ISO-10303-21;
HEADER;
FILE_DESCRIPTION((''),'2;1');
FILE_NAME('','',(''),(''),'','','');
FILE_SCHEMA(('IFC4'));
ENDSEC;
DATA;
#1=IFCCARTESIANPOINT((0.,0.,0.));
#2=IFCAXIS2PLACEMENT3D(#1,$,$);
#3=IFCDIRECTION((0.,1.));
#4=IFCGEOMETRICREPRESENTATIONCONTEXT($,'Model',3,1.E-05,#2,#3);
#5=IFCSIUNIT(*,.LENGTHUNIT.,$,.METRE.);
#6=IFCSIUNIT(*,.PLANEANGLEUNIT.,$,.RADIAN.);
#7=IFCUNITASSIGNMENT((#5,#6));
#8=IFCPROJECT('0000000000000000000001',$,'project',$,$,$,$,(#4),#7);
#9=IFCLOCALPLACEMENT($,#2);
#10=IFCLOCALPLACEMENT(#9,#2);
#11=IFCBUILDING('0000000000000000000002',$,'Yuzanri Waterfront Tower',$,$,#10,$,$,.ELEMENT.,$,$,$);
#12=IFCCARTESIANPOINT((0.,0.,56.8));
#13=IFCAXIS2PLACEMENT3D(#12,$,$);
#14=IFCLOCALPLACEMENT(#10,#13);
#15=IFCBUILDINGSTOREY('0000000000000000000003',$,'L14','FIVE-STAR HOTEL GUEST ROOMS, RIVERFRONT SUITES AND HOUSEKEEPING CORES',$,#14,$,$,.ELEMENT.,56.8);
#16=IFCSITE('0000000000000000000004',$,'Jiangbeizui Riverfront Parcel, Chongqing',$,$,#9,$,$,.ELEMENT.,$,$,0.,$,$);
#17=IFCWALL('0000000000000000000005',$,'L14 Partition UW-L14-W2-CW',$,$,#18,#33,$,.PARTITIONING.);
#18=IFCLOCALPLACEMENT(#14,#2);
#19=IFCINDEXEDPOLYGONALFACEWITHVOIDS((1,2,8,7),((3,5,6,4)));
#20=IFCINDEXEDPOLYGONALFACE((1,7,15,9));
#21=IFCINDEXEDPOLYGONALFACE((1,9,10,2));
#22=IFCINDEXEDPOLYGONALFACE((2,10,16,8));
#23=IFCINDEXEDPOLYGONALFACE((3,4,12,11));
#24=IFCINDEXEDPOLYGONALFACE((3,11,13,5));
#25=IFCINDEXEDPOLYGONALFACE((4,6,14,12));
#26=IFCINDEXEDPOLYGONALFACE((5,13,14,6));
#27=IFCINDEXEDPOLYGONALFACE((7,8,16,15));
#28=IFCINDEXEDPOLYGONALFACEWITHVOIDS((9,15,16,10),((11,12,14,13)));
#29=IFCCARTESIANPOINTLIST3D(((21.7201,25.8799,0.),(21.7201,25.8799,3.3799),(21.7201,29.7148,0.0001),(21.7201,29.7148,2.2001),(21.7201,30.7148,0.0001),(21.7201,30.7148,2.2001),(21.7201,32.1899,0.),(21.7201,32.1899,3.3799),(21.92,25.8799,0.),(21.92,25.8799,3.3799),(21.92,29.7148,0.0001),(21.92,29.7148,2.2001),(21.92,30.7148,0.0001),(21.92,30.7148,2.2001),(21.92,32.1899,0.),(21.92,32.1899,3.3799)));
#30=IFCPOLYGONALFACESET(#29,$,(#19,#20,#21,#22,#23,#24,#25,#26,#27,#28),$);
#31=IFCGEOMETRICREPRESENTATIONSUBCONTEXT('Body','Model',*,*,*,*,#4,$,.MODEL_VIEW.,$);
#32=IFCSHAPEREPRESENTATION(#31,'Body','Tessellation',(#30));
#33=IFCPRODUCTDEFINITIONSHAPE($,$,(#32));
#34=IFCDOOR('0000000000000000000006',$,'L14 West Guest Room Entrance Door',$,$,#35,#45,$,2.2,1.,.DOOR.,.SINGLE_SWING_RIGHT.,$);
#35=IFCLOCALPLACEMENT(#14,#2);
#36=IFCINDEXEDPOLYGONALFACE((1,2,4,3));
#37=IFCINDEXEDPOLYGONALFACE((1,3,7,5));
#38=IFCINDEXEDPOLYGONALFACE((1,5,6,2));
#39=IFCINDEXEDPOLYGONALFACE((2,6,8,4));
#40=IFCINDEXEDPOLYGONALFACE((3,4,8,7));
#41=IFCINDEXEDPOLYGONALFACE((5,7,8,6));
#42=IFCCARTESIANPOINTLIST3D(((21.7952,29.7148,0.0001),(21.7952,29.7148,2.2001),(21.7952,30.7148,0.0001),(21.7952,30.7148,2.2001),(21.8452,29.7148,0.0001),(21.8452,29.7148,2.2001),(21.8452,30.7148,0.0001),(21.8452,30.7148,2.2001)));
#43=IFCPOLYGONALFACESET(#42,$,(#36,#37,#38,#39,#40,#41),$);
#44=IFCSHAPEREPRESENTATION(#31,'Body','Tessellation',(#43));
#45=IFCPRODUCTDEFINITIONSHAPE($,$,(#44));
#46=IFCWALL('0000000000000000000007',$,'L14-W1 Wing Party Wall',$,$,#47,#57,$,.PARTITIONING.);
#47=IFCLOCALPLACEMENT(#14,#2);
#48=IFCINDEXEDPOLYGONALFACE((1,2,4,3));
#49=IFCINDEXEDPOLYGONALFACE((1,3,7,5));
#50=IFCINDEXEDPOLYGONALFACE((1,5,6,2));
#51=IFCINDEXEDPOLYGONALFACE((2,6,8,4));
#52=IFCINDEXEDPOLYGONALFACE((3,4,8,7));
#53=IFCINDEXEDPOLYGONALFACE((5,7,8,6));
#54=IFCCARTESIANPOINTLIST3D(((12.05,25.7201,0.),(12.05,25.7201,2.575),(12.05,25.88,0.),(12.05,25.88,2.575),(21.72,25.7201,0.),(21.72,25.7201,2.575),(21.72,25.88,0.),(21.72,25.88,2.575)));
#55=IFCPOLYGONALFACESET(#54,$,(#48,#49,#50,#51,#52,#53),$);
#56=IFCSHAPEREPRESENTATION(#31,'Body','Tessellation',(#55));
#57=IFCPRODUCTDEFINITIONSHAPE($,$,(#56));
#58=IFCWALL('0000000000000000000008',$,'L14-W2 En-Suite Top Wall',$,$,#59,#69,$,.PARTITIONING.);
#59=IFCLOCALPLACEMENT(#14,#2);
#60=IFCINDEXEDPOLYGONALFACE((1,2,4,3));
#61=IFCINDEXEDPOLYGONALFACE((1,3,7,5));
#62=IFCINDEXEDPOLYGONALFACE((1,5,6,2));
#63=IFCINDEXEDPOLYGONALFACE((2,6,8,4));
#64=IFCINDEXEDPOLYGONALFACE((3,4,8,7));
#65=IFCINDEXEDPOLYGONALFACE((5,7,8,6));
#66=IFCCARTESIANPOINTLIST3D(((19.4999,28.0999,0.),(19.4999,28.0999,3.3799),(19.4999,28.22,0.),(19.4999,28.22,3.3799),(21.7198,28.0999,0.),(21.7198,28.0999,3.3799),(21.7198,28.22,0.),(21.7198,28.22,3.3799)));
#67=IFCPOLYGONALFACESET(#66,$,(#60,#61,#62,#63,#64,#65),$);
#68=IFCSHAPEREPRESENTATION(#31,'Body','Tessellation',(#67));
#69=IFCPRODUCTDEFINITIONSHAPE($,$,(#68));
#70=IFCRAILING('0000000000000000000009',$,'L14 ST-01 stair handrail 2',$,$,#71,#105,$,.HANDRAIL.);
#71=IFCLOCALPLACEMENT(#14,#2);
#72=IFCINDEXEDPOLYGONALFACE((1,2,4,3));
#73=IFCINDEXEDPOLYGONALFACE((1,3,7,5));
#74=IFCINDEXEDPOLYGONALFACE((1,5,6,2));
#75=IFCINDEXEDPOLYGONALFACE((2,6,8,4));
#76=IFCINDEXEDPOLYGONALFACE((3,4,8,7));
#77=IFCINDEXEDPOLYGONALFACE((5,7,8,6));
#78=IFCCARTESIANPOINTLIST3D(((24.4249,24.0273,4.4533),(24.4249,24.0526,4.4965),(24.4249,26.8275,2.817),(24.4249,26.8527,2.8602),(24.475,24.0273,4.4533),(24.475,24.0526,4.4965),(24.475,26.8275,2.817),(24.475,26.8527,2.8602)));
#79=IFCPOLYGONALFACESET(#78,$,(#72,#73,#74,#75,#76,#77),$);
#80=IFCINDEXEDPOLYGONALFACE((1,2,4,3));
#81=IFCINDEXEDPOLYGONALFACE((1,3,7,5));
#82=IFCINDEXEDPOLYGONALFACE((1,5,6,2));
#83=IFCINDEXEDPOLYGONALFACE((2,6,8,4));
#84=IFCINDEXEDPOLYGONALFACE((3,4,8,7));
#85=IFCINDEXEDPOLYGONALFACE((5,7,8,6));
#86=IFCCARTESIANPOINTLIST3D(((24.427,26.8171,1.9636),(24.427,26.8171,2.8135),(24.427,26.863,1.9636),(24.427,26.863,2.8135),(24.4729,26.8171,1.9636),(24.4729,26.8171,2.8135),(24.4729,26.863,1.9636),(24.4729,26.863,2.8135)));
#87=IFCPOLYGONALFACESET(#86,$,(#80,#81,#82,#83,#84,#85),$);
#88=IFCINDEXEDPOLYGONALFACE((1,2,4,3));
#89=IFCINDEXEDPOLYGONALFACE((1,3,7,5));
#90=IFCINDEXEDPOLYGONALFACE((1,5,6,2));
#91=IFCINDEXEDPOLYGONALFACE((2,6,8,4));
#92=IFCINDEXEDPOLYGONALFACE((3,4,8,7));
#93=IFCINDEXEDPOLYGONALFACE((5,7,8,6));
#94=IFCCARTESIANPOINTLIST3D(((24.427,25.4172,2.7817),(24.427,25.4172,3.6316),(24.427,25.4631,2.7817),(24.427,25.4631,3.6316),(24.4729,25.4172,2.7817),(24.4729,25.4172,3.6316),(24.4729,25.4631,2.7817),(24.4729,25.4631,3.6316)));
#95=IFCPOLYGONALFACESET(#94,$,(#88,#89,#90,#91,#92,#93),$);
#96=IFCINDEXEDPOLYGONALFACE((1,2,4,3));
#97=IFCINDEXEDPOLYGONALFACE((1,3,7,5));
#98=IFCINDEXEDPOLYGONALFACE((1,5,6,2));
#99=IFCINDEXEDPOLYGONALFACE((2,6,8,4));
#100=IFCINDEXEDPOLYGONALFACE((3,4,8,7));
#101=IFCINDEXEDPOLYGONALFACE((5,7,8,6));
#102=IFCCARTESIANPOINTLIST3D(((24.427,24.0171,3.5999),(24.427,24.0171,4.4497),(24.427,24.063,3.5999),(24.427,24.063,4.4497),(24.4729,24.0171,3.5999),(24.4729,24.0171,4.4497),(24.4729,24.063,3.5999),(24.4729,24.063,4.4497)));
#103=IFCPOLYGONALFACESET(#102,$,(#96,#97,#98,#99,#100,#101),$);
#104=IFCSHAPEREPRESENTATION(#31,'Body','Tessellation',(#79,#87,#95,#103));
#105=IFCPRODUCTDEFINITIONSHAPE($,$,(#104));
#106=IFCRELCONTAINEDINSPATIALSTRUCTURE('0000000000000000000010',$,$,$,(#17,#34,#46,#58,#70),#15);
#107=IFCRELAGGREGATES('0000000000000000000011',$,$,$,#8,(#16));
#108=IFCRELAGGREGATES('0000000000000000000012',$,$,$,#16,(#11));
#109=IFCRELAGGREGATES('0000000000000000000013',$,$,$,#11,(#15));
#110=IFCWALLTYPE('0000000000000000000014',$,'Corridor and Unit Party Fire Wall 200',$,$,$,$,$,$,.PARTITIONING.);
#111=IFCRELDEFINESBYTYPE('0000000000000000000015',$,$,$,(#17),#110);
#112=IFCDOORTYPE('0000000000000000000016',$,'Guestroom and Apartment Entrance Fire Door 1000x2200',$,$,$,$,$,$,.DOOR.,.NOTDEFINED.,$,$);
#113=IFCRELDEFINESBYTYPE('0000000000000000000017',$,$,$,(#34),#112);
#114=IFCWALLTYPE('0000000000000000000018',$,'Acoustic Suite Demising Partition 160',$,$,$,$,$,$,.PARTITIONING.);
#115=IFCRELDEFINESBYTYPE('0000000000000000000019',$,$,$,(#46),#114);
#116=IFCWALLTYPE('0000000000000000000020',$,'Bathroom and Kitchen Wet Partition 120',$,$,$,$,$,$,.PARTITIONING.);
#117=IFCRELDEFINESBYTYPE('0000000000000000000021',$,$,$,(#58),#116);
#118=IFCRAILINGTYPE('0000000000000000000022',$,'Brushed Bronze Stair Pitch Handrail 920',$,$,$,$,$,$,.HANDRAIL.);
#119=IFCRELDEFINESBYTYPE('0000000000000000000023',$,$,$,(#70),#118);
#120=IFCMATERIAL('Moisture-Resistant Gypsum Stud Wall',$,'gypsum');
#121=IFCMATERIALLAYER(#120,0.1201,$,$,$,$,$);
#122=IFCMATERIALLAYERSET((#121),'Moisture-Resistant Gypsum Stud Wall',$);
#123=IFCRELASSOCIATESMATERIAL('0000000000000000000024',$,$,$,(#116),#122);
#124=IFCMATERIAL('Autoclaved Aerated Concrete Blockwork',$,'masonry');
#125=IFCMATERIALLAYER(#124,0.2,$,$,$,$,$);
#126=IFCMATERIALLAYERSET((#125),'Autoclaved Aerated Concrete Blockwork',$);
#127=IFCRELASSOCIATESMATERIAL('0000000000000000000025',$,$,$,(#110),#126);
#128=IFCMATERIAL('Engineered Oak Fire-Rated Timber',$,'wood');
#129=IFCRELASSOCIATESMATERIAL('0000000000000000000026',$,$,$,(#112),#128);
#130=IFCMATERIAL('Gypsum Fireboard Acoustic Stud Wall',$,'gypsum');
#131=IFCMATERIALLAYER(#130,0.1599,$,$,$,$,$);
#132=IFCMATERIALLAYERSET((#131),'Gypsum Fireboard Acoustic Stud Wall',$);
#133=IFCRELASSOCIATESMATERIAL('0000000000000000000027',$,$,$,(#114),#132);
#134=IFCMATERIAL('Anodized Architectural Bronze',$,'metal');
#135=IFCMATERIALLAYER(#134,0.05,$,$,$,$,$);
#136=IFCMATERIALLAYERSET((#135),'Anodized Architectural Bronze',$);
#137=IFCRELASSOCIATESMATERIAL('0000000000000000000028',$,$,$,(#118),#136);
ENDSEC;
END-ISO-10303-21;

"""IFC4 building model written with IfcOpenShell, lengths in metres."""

from ifc_helpers import new_model, si_unit, direction, frame, frame_2d, origin, origin_2d, place, context, subcontext, project, spatial, rectangle, extrude, source, transform, mapped, material, layer, layer_set, type_object, element, fill, save


model = new_model("IFC4")

# Units and contexts
model_context = context("Model", 3, precision=1e-05, world=origin(), true_north=direction((0.0, 1.0)))
body_context = subcontext(model_context, "Body", "Model", "MODEL_VIEW")
ifc_project = project(units=[si_unit("LENGTHUNIT", "METRE"), si_unit("PLANEANGLEUNIT", "RADIAN")], contexts=[model_context])

# Site, building, storey
site_placement = place(None, origin())
site = spatial("IfcSite", under=ifc_project, at=site_placement, Name="Jiangbeizui Riverfront Parcel, Chongqing", CompositionType="ELEMENT", RefElevation=0.0)
building_placement = place(site_placement, origin())
building = spatial("IfcBuilding", under=site, at=building_placement, Name="Yuzanri Waterfront Tower", CompositionType="ELEMENT")
storey_placement = place(building_placement, frame((0.0, 0.0, 56.8)))
storey = spatial("IfcBuildingStorey", under=building, at=storey_placement, Name="L14", Description="FIVE-STAR HOTEL GUEST ROOMS, RIVERFRONT SUITES AND HOUSEKEEPING CORES", CompositionType="ELEMENT", Elevation=56.8)

# Wall, opening, door
ifc_material_1 = material(Name="Moisture-Resistant Gypsum Stud Wall", Category="gypsum")
ifc_layer_1 = layer(ifc_material_1, 0.1201)
ifc_layer_set_1 = layer_set([ifc_layer_1], Name="Moisture-Resistant Gypsum Stud Wall")
wall_type_1 = type_object("IfcWallType", Name="Bathroom and Kitchen Wet Partition 120", PredefinedType="PARTITIONING", material=ifc_layer_set_1)
ifc_material_2 = material(Name="Autoclaved Aerated Concrete Blockwork", Category="masonry")
ifc_layer_2 = layer(ifc_material_2, 0.2)
ifc_layer_set_2 = layer_set([ifc_layer_2], Name="Autoclaved Aerated Concrete Blockwork")
wall_type_2 = type_object("IfcWallType", Name="Corridor and Unit Party Fire Wall 200", PredefinedType="PARTITIONING", material=ifc_layer_set_2)
wall_1_placement = place(storey_placement, frame((21.8201, 25.8799, 0.0), z_axis=(0.0, 0.0, 1.0), x_axis=(0.0, 1.0, 0.0)))
wall_1 = element("IfcWall", 1, at=wall_1_placement, inside=storey, type_object=wall_type_2, Name="L14 Partition UW-L14-W2-CW", PredefinedType="PARTITIONING", context=body_context, shape_type="SweptSolid", body=[
    extrude(rectangle(XDim=6.3101, YDim=0.2, at=frame_2d((3.155, 0.0))), origin(), (0.0, 0.0, 1.0), 3.3799),
])
opening_1_placement = place(wall_1_placement, frame((3.835, 0.0, 0.0)))
opening_1 = element("IfcOpeningElement", 2, at=opening_1_placement, cuts=wall_1, PredefinedType="OPENING", context=body_context, shape_type="SweptSolid", body=[
    extrude(rectangle(XDim=1.0, YDim=2.2, at=frame_2d((0.5, 1.1001))), frame((0.0, 0.1147, 0.0), z_axis=(0.0, -1.0, 0.0), x_axis=(1.0, 0.0, 0.0)), (0.0, 0.0, 1.0), 0.2297),
])
ifc_material_3 = material(Name="Engineered Oak Fire-Rated Timber", Category="wood")
door_type_1 = type_object("IfcDoorType", Name="Guestroom and Apartment Entrance Fire Door 1000x2200", OperationType="NOTDEFINED", PredefinedType="DOOR", material=ifc_material_3)
shared_shape_1 = source(origin(), body_context, "Body", "SweptSolid", [
    extrude(rectangle(XDim=1.0, YDim=2.2, at=frame_2d((0.5, 1.1001))), frame((0.0, 0.0249, 0.0), z_axis=(0.0, -1.0, 0.0), x_axis=(1.0, 0.0, 0.0)), (0.0, 0.0, 1.0), 0.05),
])
door_1_placement = place(opening_1_placement, origin())
door_1 = element("IfcDoor", 3, at=door_1_placement, inside=storey, type_object=door_type_1, Name="L14 West Guest Room Entrance Door", OperationType="SINGLE_SWING_RIGHT", OverallHeight=2.2, OverallWidth=1.0, PredefinedType="DOOR", context=body_context, shape_type="MappedRepresentation", body=[
    mapped(shared_shape_1, transform((0.0, 0.0, 0.0), scale=1.0)),
])
fill(opening_1, door_1)

# Walls
ifc_material_4 = material(Name="Gypsum Fireboard Acoustic Stud Wall", Category="gypsum")
ifc_layer_3 = layer(ifc_material_4, 0.1599)
ifc_layer_set_3 = layer_set([ifc_layer_3], Name="Gypsum Fireboard Acoustic Stud Wall")
wall_type_3 = type_object("IfcWallType", Name="Acoustic Suite Demising Partition 160", PredefinedType="PARTITIONING", material=ifc_layer_set_3)
shared_shape_2 = source(origin(), body_context, "Body", "SweptSolid", [
    extrude(rectangle(XDim=9.6699, YDim=0.1599, at=frame_2d((4.835, 0.0))), origin(), (0.0, 0.0, 1.0), 2.575),
])
wall_2_placement = place(storey_placement, frame((12.05, 25.8, 0.0), z_axis=(0.0, 0.0, 1.0), x_axis=(1.0, 0.0, 0.0)))
element("IfcWall", 4, at=wall_2_placement, inside=storey, type_object=wall_type_3, Name="L14-W1 Wing Party Wall", PredefinedType="PARTITIONING", context=body_context, shape_type="MappedRepresentation", body=[
    mapped(shared_shape_2, transform((0.0, 0.0, 0.0), scale=1.0)),
])
shared_shape_3 = source(origin(), body_context, "Body", "SweptSolid", [
    extrude(rectangle(XDim=2.22, YDim=0.1201, at=frame_2d((1.1099, 0.0))), origin(), (0.0, 0.0, 1.0), 3.3799),
])
wall_3_placement = place(storey_placement, frame((19.5, 28.1599, 0.0), z_axis=(0.0, 0.0, 1.0), x_axis=(1.0, 0.0, 0.0)))
element("IfcWall", 5, at=wall_3_placement, inside=storey, type_object=wall_type_1, Name="L14-W2 En-Suite Top Wall", PredefinedType="PARTITIONING", context=body_context, shape_type="MappedRepresentation", body=[
    mapped(shared_shape_3, transform((0.0, 0.0, 0.0), scale=1.0)),
])

# Railing
ifc_material_5 = material(Name="Anodized Architectural Bronze", Category="metal")
ifc_layer_4 = layer(ifc_material_5, 0.05)
ifc_layer_set_4 = layer_set([ifc_layer_4], Name="Anodized Architectural Bronze")
railing_type = type_object("IfcRailingType", Name="Brushed Bronze Stair Pitch Handrail 920", PredefinedType="HANDRAIL", material=ifc_layer_set_4)
shared_shape_4 = source(origin(), body_context, "Body", "SweptSolid", [
    extrude(rectangle(XDim=0.05, YDim=0.05, at=origin_2d()), frame((0.0, 0.0, 0.875), z_axis=(0.0, -0.863394, 0.504531), x_axis=(1.0, 0.0, 0.0)), (0.0, 0.0, 1.0), 3.2432),
    extrude(rectangle(XDim=0.0459, YDim=0.0459, at=origin_2d()), origin(), (0.0, 0.0, 1.0), 0.8499),
    extrude(rectangle(XDim=0.0459, YDim=0.0459, at=origin_2d()), frame((0.0, -1.3999, 0.8181)), (0.0, 0.0, 1.0), 0.8499),
    extrude(rectangle(XDim=0.0459, YDim=0.0459, at=origin_2d()), frame((0.0, -2.8, 1.6362)), (0.0, 0.0, 1.0), 0.8499),
])
railing_placement = place(storey_placement, frame((24.45, 26.8401, 1.9636)))
element("IfcRailing", 6, at=railing_placement, inside=storey, type_object=railing_type, Name="L14 ST-01 stair handrail 2", PredefinedType="HANDRAIL", context=body_context, shape_type="MappedRepresentation", body=[
    mapped(shared_shape_4, transform((0.0, 0.0, 0.0), scale=1.0)),
])

save(model, "model.ifc")
